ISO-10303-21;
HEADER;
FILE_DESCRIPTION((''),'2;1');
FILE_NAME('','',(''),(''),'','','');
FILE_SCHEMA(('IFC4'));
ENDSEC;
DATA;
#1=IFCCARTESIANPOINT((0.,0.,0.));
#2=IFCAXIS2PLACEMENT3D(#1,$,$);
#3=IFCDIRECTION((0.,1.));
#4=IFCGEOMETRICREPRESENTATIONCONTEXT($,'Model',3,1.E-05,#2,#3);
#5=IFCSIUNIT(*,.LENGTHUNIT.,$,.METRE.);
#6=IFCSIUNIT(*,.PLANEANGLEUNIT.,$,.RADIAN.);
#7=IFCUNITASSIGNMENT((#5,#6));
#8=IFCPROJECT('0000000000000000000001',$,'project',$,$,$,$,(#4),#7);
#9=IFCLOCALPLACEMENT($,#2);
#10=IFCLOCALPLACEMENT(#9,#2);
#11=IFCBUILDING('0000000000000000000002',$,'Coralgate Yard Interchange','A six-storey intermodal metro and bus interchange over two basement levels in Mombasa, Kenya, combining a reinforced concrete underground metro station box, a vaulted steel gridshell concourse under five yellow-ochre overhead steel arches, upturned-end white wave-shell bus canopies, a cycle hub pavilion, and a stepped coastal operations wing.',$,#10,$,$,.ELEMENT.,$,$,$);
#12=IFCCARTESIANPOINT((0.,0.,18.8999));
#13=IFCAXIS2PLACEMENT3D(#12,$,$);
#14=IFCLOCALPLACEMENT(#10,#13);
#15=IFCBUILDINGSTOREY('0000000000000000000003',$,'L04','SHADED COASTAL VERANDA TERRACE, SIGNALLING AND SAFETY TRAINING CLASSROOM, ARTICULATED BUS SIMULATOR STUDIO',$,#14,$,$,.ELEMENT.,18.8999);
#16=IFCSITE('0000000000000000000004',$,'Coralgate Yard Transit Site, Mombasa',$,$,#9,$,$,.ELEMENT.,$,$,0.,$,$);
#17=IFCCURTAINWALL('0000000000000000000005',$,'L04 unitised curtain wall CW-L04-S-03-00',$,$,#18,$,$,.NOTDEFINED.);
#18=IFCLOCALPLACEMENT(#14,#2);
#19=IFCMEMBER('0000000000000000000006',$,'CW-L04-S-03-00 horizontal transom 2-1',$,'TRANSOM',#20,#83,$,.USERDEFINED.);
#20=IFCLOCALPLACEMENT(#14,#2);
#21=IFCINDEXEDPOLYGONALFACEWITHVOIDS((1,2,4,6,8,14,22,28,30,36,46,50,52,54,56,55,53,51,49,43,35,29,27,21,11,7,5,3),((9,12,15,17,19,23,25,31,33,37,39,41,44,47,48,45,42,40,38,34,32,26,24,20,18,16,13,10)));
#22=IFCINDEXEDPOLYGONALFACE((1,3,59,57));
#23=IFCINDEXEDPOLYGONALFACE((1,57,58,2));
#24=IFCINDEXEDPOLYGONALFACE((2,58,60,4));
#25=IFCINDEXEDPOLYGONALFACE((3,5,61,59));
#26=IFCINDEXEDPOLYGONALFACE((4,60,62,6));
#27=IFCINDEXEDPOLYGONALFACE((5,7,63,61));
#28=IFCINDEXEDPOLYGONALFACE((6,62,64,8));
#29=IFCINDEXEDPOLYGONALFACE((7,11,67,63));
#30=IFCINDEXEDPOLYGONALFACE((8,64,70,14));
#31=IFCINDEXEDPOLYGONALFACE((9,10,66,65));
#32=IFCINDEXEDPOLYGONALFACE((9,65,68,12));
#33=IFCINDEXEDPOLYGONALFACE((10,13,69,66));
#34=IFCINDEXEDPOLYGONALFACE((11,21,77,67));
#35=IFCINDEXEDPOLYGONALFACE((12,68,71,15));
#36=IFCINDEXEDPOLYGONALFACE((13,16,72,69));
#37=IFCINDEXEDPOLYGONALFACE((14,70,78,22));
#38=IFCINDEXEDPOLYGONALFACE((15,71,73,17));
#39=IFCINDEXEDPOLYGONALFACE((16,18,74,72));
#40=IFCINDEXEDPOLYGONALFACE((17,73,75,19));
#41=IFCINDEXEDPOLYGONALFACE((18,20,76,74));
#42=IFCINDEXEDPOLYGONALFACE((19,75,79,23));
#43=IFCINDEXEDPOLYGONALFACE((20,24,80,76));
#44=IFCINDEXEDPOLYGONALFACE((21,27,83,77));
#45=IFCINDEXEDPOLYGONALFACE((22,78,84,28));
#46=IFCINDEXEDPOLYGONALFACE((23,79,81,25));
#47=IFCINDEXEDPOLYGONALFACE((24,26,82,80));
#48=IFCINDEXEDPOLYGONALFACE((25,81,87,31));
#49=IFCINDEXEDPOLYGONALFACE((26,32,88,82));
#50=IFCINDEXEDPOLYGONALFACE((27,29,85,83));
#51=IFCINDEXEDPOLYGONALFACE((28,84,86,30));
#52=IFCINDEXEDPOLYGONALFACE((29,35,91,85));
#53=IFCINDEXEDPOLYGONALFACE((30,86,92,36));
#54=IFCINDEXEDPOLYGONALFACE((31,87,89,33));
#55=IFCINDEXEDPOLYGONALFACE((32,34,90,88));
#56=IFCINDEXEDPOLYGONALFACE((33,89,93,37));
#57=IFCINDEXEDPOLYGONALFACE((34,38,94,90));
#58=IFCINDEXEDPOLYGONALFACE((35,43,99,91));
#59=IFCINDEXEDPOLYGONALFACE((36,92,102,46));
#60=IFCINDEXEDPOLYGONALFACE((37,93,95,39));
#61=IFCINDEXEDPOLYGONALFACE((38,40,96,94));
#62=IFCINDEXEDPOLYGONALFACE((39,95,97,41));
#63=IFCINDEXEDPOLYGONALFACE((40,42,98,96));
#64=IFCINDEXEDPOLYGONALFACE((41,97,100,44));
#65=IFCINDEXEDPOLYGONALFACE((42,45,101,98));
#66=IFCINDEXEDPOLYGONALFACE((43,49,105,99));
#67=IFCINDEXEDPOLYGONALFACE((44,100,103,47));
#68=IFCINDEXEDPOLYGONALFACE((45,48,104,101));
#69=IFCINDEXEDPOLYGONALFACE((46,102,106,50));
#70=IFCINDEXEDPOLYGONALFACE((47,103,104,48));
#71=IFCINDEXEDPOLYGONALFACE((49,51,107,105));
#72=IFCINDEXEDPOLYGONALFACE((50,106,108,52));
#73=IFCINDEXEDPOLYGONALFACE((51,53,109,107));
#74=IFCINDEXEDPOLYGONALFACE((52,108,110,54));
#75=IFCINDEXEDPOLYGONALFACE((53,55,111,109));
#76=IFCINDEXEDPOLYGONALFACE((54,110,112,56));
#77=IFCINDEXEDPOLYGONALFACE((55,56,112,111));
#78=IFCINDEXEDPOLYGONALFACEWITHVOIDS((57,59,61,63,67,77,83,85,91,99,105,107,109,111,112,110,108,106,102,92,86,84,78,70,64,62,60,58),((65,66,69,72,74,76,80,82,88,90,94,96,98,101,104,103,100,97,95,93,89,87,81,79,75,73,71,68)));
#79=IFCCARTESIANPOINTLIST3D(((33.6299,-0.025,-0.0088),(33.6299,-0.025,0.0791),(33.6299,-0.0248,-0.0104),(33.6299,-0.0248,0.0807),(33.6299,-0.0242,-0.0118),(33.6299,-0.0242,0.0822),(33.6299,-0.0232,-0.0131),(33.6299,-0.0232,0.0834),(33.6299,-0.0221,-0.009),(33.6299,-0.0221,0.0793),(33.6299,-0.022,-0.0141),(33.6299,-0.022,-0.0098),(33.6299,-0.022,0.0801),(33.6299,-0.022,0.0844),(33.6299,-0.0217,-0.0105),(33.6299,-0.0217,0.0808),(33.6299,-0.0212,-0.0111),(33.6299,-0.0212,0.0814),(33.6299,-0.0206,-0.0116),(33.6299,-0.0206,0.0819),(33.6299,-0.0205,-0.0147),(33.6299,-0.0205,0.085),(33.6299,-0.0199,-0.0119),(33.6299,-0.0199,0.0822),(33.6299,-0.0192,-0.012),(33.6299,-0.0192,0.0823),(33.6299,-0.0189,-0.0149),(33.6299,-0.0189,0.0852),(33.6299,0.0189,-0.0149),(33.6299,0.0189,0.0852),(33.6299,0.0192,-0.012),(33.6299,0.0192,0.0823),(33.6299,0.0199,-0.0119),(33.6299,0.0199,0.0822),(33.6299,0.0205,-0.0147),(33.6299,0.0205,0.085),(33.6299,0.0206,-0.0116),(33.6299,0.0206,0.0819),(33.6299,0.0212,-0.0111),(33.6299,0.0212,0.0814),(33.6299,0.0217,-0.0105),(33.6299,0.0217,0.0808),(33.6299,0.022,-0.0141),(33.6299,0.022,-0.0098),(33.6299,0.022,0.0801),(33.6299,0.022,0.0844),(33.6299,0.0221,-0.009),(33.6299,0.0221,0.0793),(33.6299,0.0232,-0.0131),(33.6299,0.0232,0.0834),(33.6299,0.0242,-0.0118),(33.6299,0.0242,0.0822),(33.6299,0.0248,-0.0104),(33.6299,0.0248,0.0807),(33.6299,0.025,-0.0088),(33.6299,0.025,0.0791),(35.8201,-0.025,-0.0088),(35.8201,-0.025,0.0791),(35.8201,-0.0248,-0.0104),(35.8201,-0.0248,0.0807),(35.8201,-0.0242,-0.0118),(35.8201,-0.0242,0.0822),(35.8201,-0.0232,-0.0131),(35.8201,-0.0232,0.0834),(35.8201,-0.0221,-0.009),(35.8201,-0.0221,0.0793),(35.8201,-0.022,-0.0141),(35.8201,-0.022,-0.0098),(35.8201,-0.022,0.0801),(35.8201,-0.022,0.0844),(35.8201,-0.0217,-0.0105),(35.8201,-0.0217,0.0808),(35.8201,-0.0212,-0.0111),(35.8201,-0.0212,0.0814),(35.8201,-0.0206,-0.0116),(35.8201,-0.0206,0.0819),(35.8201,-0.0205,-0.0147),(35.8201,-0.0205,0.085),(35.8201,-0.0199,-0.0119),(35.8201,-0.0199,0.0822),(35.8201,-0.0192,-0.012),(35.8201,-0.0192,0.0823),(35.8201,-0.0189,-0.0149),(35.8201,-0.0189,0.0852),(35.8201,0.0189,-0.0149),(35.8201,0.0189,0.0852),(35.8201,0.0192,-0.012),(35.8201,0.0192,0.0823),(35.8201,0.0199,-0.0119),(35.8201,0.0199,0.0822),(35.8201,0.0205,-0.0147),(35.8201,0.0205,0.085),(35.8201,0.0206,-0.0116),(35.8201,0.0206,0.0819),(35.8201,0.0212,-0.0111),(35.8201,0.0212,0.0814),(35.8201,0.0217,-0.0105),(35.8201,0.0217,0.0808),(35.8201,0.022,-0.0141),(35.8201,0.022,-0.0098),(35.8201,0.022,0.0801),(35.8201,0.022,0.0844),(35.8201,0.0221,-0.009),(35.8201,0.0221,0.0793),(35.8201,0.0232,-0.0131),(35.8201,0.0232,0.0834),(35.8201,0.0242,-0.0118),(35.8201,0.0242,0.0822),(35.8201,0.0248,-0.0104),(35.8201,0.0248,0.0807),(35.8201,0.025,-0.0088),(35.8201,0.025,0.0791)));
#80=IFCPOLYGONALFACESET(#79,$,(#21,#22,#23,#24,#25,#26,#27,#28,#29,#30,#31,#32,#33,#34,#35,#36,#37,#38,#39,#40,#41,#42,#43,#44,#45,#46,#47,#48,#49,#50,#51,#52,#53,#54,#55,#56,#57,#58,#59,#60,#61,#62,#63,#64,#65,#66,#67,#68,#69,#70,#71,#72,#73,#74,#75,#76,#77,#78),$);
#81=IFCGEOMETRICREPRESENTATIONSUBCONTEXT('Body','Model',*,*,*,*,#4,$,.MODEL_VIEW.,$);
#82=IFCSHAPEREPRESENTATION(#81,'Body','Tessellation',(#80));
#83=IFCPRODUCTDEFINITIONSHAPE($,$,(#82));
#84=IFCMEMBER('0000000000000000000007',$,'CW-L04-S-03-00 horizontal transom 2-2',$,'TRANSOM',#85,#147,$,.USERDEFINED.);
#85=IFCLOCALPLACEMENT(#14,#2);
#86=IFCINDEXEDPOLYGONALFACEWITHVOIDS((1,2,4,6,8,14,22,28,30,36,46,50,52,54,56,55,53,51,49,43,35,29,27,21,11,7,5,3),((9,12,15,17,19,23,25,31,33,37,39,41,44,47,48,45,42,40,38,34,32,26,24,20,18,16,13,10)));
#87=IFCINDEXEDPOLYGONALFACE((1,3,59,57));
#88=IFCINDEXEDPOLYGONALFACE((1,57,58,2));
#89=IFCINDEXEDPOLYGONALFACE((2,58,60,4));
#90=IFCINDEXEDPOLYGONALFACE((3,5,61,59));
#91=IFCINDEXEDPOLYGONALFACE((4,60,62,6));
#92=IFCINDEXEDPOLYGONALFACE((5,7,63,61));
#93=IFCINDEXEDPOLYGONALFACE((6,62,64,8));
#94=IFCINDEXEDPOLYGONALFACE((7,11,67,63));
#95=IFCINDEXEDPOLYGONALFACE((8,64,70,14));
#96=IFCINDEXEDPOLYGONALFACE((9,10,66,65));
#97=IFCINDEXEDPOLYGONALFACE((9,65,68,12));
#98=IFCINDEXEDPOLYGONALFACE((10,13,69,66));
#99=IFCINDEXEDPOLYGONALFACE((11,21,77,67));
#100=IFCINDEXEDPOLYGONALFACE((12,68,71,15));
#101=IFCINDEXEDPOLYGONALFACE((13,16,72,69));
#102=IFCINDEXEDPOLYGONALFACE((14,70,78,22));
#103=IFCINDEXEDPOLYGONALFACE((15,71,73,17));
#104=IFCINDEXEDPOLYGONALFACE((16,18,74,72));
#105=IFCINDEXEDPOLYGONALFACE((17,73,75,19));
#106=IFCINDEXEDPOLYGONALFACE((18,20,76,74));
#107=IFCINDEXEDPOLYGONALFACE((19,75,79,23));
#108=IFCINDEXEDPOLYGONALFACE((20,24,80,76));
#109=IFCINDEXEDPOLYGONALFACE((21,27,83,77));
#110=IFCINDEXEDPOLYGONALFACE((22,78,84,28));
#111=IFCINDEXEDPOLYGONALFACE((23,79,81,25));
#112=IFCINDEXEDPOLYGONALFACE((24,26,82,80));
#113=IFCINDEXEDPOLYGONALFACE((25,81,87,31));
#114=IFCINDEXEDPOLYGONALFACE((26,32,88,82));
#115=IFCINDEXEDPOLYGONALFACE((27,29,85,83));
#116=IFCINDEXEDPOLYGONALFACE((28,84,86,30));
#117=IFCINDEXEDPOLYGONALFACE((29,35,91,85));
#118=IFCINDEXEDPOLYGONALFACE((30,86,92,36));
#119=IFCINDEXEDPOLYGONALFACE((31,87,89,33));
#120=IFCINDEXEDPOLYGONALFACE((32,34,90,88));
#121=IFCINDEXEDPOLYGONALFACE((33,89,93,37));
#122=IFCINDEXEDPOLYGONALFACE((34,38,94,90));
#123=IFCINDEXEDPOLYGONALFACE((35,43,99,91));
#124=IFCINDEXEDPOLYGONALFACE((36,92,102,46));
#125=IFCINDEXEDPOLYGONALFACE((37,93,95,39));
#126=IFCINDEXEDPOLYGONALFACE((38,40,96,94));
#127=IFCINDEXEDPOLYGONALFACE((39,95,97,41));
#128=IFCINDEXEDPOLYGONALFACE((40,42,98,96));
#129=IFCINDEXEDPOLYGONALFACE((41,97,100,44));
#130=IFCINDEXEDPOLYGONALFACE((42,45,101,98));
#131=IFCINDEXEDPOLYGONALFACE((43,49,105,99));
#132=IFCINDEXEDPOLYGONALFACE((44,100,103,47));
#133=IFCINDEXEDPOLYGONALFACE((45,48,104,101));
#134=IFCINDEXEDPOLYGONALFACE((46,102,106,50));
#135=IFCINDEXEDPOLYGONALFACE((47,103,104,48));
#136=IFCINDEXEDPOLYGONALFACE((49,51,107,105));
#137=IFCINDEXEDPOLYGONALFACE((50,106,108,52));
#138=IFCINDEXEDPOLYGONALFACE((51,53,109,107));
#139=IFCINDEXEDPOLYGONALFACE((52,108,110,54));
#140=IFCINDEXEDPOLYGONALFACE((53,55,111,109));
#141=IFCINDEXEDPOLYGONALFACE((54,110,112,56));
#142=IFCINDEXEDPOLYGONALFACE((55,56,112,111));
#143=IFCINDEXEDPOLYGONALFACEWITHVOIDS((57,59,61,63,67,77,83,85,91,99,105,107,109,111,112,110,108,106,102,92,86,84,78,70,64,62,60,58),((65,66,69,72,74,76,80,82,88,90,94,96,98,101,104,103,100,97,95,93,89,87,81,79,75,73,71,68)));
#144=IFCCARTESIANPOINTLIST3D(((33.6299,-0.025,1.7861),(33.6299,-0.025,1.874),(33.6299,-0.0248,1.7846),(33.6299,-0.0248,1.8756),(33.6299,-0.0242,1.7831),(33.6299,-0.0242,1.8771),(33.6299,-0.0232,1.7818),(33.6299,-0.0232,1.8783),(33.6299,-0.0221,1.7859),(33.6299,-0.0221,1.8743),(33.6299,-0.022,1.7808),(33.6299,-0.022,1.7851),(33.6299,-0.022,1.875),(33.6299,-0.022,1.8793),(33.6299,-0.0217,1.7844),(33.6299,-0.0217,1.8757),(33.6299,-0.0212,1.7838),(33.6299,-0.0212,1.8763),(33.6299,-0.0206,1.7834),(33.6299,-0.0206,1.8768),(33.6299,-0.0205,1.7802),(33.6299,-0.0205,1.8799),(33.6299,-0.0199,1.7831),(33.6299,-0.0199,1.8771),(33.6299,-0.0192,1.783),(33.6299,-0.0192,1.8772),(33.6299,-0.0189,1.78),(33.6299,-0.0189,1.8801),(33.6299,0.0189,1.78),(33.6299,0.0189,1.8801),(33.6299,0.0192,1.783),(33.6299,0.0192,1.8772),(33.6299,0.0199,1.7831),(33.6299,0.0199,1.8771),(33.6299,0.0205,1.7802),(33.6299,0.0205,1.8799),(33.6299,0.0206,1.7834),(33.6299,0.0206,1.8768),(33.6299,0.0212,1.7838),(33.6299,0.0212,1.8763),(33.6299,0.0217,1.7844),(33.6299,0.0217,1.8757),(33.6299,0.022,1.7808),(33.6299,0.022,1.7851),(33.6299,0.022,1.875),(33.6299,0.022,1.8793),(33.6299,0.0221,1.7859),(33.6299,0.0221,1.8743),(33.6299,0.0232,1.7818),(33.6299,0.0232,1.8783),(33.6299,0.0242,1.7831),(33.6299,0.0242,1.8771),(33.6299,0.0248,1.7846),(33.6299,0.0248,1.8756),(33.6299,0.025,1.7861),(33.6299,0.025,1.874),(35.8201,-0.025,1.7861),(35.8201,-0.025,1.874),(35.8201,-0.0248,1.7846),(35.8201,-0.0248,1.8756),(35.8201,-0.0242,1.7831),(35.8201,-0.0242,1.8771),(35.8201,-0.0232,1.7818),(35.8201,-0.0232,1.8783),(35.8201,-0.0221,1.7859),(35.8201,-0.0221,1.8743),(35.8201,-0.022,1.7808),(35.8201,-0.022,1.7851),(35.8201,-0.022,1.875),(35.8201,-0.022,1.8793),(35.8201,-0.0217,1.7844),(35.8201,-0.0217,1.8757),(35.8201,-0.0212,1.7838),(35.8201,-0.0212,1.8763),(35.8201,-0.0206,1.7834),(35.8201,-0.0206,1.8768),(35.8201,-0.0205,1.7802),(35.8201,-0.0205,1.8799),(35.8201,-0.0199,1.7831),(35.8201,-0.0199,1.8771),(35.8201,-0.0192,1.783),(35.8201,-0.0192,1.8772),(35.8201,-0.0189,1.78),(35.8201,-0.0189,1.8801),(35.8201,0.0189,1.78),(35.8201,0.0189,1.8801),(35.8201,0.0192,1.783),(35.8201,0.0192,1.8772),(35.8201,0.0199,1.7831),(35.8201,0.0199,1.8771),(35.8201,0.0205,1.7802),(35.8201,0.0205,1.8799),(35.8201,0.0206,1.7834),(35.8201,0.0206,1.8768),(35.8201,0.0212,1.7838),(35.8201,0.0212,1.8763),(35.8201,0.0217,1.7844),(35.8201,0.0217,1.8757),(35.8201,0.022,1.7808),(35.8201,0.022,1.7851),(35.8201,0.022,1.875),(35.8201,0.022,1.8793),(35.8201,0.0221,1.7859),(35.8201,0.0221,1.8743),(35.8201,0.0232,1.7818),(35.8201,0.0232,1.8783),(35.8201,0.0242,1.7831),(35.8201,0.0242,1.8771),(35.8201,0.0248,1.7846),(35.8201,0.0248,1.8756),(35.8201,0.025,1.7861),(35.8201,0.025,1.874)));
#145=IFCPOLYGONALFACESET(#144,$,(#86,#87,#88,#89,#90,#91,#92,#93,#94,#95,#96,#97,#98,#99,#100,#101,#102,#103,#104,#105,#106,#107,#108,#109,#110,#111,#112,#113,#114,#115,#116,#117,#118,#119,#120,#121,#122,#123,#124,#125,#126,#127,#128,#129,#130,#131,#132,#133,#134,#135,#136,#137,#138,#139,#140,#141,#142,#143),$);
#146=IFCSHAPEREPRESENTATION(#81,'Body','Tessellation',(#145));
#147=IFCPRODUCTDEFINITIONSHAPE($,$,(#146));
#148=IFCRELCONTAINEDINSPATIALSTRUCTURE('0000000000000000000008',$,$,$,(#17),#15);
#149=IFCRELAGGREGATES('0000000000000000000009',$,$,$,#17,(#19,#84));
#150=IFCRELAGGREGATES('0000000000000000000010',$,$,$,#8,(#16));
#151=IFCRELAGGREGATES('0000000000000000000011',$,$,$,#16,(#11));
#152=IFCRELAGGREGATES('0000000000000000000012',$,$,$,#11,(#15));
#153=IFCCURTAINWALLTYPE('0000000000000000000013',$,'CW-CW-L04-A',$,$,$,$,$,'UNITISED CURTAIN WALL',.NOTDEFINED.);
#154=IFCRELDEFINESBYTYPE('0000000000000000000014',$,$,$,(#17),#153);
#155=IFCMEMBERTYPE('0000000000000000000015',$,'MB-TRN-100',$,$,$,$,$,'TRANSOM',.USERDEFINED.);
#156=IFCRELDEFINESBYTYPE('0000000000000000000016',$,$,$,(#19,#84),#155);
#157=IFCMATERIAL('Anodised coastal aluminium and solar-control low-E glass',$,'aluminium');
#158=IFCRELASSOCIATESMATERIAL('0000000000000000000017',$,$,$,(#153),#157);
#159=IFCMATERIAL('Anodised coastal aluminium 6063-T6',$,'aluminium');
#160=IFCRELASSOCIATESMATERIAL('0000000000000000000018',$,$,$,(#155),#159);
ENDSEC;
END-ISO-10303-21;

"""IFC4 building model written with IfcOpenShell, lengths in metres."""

from ifc_helpers import new_model, si_unit, direction, frame, origin, origin_2d, place, context, subcontext, project, spatial, hollow_rectangle, extrude, material, material_profile, profile_set, type_object, element, aggregate, save


model = new_model("IFC4")

# Units and contexts
model_context = context("Model", 3, precision=1e-05, world=origin(), true_north=direction((0.0, 1.0)))
body_context = subcontext(model_context, "Body", "Model", "MODEL_VIEW")
ifc_project = project(units=[si_unit("LENGTHUNIT", "METRE"), si_unit("PLANEANGLEUNIT", "RADIAN")], contexts=[model_context])

# Site, building, storey
site_placement = place(None, origin())
site = spatial("IfcSite", under=ifc_project, at=site_placement, Name="Coralgate Yard Transit Site, Mombasa", CompositionType="ELEMENT", RefElevation=0.0)
building_placement = place(site_placement, origin())
building = spatial("IfcBuilding", under=site, at=building_placement, Name="Coralgate Yard Interchange", Description="A six-storey intermodal metro and bus interchange over two basement levels in Mombasa, Kenya, combining a reinforced concrete underground metro station box, a vaulted steel gridshell concourse under five yellow-ochre overhead steel arches, upturned-end white wave-shell bus canopies, a cycle hub pavilion, and a stepped coastal operations wing.", CompositionType="ELEMENT")
storey_placement = place(building_placement, frame((0.0, 0.0, 18.8999)))
storey = spatial("IfcBuildingStorey", under=building, at=storey_placement, Name="L04", Description="SHADED COASTAL VERANDA TERRACE, SIGNALLING AND SAFETY TRAINING CLASSROOM, ARTICULATED BUS SIMULATOR STUDIO", CompositionType="ELEMENT", Elevation=18.8999)

# Curtain wall, members
ifc_material_1 = material(Name="Anodised coastal aluminium and solar-control low-E glass", Category="aluminium")
curtain_wall_type = type_object("IfcCurtainWallType", Name="CW-CW-L04-A", ElementType="UNITISED CURTAIN WALL", PredefinedType="NOTDEFINED", material=ifc_material_1)
curtain_wall_placement = place(storey_placement, origin())
curtain_wall = element("IfcCurtainWall", 1, at=curtain_wall_placement, inside=storey, type_object=curtain_wall_type, Name="L04 unitised curtain wall CW-L04-S-03-00", PredefinedType="NOTDEFINED")
ifc_material_2 = material(Name="Anodised coastal aluminium 6063-T6", Category="aluminium")
ifc_material_profile_1 = material_profile(ifc_material_2, hollow_rectangle(XDim=0.05, YDim=0.1001, WallThickness=0.0029, InnerFilletRadius=0.0029, OuterFilletRadius=0.0061, at=origin_2d()), Name="ALU 50x100x3")
ifc_profile_set_1 = profile_set([ifc_material_profile_1], Name="Anodised coastal aluminium 6063-T6")
member_type_1 = type_object("IfcMemberType", Name="MB-TRN-100", ElementType="TRANSOM", PredefinedType="USERDEFINED", material=ifc_profile_set_1)
member_1_placement = place(storey_placement, frame((35.8201, 0.0, 0.0352), z_axis=(-1.0, 0.0, 0.0), x_axis=(0.0, -1.0, 0.0)))
member_1 = element("IfcMember", 2, at=member_1_placement, type_object=member_type_1, Name="CW-L04-S-03-00 horizontal transom 2-1", ObjectType="TRANSOM", PredefinedType="USERDEFINED", context=body_context, shape_type="SweptSolid", body=[
    extrude(hollow_rectangle(XDim=0.05, YDim=0.1001, WallThickness=0.0029, InnerFilletRadius=0.0029, OuterFilletRadius=0.0061, at=origin_2d()), origin(), (0.0, 0.0, 1.0), 2.1902),
])
member_2_placement = place(storey_placement, frame((35.8201, 0.0, 1.8301), z_axis=(-1.0, 0.0, 0.0), x_axis=(0.0, -1.0, 0.0)))
member_2 = element("IfcMember", 3, at=member_2_placement, type_object=member_type_1, Name="CW-L04-S-03-00 horizontal transom 2-2", ObjectType="TRANSOM", PredefinedType="USERDEFINED", context=body_context, shape_type="SweptSolid", body=[
    extrude(hollow_rectangle(XDim=0.05, YDim=0.1001, WallThickness=0.0029, InnerFilletRadius=0.0029, OuterFilletRadius=0.0061, at=origin_2d()), origin(), (0.0, 0.0, 1.0), 2.1902),
])
aggregate(curtain_wall, [member_1, member_2])

save(model, "model.ifc")
